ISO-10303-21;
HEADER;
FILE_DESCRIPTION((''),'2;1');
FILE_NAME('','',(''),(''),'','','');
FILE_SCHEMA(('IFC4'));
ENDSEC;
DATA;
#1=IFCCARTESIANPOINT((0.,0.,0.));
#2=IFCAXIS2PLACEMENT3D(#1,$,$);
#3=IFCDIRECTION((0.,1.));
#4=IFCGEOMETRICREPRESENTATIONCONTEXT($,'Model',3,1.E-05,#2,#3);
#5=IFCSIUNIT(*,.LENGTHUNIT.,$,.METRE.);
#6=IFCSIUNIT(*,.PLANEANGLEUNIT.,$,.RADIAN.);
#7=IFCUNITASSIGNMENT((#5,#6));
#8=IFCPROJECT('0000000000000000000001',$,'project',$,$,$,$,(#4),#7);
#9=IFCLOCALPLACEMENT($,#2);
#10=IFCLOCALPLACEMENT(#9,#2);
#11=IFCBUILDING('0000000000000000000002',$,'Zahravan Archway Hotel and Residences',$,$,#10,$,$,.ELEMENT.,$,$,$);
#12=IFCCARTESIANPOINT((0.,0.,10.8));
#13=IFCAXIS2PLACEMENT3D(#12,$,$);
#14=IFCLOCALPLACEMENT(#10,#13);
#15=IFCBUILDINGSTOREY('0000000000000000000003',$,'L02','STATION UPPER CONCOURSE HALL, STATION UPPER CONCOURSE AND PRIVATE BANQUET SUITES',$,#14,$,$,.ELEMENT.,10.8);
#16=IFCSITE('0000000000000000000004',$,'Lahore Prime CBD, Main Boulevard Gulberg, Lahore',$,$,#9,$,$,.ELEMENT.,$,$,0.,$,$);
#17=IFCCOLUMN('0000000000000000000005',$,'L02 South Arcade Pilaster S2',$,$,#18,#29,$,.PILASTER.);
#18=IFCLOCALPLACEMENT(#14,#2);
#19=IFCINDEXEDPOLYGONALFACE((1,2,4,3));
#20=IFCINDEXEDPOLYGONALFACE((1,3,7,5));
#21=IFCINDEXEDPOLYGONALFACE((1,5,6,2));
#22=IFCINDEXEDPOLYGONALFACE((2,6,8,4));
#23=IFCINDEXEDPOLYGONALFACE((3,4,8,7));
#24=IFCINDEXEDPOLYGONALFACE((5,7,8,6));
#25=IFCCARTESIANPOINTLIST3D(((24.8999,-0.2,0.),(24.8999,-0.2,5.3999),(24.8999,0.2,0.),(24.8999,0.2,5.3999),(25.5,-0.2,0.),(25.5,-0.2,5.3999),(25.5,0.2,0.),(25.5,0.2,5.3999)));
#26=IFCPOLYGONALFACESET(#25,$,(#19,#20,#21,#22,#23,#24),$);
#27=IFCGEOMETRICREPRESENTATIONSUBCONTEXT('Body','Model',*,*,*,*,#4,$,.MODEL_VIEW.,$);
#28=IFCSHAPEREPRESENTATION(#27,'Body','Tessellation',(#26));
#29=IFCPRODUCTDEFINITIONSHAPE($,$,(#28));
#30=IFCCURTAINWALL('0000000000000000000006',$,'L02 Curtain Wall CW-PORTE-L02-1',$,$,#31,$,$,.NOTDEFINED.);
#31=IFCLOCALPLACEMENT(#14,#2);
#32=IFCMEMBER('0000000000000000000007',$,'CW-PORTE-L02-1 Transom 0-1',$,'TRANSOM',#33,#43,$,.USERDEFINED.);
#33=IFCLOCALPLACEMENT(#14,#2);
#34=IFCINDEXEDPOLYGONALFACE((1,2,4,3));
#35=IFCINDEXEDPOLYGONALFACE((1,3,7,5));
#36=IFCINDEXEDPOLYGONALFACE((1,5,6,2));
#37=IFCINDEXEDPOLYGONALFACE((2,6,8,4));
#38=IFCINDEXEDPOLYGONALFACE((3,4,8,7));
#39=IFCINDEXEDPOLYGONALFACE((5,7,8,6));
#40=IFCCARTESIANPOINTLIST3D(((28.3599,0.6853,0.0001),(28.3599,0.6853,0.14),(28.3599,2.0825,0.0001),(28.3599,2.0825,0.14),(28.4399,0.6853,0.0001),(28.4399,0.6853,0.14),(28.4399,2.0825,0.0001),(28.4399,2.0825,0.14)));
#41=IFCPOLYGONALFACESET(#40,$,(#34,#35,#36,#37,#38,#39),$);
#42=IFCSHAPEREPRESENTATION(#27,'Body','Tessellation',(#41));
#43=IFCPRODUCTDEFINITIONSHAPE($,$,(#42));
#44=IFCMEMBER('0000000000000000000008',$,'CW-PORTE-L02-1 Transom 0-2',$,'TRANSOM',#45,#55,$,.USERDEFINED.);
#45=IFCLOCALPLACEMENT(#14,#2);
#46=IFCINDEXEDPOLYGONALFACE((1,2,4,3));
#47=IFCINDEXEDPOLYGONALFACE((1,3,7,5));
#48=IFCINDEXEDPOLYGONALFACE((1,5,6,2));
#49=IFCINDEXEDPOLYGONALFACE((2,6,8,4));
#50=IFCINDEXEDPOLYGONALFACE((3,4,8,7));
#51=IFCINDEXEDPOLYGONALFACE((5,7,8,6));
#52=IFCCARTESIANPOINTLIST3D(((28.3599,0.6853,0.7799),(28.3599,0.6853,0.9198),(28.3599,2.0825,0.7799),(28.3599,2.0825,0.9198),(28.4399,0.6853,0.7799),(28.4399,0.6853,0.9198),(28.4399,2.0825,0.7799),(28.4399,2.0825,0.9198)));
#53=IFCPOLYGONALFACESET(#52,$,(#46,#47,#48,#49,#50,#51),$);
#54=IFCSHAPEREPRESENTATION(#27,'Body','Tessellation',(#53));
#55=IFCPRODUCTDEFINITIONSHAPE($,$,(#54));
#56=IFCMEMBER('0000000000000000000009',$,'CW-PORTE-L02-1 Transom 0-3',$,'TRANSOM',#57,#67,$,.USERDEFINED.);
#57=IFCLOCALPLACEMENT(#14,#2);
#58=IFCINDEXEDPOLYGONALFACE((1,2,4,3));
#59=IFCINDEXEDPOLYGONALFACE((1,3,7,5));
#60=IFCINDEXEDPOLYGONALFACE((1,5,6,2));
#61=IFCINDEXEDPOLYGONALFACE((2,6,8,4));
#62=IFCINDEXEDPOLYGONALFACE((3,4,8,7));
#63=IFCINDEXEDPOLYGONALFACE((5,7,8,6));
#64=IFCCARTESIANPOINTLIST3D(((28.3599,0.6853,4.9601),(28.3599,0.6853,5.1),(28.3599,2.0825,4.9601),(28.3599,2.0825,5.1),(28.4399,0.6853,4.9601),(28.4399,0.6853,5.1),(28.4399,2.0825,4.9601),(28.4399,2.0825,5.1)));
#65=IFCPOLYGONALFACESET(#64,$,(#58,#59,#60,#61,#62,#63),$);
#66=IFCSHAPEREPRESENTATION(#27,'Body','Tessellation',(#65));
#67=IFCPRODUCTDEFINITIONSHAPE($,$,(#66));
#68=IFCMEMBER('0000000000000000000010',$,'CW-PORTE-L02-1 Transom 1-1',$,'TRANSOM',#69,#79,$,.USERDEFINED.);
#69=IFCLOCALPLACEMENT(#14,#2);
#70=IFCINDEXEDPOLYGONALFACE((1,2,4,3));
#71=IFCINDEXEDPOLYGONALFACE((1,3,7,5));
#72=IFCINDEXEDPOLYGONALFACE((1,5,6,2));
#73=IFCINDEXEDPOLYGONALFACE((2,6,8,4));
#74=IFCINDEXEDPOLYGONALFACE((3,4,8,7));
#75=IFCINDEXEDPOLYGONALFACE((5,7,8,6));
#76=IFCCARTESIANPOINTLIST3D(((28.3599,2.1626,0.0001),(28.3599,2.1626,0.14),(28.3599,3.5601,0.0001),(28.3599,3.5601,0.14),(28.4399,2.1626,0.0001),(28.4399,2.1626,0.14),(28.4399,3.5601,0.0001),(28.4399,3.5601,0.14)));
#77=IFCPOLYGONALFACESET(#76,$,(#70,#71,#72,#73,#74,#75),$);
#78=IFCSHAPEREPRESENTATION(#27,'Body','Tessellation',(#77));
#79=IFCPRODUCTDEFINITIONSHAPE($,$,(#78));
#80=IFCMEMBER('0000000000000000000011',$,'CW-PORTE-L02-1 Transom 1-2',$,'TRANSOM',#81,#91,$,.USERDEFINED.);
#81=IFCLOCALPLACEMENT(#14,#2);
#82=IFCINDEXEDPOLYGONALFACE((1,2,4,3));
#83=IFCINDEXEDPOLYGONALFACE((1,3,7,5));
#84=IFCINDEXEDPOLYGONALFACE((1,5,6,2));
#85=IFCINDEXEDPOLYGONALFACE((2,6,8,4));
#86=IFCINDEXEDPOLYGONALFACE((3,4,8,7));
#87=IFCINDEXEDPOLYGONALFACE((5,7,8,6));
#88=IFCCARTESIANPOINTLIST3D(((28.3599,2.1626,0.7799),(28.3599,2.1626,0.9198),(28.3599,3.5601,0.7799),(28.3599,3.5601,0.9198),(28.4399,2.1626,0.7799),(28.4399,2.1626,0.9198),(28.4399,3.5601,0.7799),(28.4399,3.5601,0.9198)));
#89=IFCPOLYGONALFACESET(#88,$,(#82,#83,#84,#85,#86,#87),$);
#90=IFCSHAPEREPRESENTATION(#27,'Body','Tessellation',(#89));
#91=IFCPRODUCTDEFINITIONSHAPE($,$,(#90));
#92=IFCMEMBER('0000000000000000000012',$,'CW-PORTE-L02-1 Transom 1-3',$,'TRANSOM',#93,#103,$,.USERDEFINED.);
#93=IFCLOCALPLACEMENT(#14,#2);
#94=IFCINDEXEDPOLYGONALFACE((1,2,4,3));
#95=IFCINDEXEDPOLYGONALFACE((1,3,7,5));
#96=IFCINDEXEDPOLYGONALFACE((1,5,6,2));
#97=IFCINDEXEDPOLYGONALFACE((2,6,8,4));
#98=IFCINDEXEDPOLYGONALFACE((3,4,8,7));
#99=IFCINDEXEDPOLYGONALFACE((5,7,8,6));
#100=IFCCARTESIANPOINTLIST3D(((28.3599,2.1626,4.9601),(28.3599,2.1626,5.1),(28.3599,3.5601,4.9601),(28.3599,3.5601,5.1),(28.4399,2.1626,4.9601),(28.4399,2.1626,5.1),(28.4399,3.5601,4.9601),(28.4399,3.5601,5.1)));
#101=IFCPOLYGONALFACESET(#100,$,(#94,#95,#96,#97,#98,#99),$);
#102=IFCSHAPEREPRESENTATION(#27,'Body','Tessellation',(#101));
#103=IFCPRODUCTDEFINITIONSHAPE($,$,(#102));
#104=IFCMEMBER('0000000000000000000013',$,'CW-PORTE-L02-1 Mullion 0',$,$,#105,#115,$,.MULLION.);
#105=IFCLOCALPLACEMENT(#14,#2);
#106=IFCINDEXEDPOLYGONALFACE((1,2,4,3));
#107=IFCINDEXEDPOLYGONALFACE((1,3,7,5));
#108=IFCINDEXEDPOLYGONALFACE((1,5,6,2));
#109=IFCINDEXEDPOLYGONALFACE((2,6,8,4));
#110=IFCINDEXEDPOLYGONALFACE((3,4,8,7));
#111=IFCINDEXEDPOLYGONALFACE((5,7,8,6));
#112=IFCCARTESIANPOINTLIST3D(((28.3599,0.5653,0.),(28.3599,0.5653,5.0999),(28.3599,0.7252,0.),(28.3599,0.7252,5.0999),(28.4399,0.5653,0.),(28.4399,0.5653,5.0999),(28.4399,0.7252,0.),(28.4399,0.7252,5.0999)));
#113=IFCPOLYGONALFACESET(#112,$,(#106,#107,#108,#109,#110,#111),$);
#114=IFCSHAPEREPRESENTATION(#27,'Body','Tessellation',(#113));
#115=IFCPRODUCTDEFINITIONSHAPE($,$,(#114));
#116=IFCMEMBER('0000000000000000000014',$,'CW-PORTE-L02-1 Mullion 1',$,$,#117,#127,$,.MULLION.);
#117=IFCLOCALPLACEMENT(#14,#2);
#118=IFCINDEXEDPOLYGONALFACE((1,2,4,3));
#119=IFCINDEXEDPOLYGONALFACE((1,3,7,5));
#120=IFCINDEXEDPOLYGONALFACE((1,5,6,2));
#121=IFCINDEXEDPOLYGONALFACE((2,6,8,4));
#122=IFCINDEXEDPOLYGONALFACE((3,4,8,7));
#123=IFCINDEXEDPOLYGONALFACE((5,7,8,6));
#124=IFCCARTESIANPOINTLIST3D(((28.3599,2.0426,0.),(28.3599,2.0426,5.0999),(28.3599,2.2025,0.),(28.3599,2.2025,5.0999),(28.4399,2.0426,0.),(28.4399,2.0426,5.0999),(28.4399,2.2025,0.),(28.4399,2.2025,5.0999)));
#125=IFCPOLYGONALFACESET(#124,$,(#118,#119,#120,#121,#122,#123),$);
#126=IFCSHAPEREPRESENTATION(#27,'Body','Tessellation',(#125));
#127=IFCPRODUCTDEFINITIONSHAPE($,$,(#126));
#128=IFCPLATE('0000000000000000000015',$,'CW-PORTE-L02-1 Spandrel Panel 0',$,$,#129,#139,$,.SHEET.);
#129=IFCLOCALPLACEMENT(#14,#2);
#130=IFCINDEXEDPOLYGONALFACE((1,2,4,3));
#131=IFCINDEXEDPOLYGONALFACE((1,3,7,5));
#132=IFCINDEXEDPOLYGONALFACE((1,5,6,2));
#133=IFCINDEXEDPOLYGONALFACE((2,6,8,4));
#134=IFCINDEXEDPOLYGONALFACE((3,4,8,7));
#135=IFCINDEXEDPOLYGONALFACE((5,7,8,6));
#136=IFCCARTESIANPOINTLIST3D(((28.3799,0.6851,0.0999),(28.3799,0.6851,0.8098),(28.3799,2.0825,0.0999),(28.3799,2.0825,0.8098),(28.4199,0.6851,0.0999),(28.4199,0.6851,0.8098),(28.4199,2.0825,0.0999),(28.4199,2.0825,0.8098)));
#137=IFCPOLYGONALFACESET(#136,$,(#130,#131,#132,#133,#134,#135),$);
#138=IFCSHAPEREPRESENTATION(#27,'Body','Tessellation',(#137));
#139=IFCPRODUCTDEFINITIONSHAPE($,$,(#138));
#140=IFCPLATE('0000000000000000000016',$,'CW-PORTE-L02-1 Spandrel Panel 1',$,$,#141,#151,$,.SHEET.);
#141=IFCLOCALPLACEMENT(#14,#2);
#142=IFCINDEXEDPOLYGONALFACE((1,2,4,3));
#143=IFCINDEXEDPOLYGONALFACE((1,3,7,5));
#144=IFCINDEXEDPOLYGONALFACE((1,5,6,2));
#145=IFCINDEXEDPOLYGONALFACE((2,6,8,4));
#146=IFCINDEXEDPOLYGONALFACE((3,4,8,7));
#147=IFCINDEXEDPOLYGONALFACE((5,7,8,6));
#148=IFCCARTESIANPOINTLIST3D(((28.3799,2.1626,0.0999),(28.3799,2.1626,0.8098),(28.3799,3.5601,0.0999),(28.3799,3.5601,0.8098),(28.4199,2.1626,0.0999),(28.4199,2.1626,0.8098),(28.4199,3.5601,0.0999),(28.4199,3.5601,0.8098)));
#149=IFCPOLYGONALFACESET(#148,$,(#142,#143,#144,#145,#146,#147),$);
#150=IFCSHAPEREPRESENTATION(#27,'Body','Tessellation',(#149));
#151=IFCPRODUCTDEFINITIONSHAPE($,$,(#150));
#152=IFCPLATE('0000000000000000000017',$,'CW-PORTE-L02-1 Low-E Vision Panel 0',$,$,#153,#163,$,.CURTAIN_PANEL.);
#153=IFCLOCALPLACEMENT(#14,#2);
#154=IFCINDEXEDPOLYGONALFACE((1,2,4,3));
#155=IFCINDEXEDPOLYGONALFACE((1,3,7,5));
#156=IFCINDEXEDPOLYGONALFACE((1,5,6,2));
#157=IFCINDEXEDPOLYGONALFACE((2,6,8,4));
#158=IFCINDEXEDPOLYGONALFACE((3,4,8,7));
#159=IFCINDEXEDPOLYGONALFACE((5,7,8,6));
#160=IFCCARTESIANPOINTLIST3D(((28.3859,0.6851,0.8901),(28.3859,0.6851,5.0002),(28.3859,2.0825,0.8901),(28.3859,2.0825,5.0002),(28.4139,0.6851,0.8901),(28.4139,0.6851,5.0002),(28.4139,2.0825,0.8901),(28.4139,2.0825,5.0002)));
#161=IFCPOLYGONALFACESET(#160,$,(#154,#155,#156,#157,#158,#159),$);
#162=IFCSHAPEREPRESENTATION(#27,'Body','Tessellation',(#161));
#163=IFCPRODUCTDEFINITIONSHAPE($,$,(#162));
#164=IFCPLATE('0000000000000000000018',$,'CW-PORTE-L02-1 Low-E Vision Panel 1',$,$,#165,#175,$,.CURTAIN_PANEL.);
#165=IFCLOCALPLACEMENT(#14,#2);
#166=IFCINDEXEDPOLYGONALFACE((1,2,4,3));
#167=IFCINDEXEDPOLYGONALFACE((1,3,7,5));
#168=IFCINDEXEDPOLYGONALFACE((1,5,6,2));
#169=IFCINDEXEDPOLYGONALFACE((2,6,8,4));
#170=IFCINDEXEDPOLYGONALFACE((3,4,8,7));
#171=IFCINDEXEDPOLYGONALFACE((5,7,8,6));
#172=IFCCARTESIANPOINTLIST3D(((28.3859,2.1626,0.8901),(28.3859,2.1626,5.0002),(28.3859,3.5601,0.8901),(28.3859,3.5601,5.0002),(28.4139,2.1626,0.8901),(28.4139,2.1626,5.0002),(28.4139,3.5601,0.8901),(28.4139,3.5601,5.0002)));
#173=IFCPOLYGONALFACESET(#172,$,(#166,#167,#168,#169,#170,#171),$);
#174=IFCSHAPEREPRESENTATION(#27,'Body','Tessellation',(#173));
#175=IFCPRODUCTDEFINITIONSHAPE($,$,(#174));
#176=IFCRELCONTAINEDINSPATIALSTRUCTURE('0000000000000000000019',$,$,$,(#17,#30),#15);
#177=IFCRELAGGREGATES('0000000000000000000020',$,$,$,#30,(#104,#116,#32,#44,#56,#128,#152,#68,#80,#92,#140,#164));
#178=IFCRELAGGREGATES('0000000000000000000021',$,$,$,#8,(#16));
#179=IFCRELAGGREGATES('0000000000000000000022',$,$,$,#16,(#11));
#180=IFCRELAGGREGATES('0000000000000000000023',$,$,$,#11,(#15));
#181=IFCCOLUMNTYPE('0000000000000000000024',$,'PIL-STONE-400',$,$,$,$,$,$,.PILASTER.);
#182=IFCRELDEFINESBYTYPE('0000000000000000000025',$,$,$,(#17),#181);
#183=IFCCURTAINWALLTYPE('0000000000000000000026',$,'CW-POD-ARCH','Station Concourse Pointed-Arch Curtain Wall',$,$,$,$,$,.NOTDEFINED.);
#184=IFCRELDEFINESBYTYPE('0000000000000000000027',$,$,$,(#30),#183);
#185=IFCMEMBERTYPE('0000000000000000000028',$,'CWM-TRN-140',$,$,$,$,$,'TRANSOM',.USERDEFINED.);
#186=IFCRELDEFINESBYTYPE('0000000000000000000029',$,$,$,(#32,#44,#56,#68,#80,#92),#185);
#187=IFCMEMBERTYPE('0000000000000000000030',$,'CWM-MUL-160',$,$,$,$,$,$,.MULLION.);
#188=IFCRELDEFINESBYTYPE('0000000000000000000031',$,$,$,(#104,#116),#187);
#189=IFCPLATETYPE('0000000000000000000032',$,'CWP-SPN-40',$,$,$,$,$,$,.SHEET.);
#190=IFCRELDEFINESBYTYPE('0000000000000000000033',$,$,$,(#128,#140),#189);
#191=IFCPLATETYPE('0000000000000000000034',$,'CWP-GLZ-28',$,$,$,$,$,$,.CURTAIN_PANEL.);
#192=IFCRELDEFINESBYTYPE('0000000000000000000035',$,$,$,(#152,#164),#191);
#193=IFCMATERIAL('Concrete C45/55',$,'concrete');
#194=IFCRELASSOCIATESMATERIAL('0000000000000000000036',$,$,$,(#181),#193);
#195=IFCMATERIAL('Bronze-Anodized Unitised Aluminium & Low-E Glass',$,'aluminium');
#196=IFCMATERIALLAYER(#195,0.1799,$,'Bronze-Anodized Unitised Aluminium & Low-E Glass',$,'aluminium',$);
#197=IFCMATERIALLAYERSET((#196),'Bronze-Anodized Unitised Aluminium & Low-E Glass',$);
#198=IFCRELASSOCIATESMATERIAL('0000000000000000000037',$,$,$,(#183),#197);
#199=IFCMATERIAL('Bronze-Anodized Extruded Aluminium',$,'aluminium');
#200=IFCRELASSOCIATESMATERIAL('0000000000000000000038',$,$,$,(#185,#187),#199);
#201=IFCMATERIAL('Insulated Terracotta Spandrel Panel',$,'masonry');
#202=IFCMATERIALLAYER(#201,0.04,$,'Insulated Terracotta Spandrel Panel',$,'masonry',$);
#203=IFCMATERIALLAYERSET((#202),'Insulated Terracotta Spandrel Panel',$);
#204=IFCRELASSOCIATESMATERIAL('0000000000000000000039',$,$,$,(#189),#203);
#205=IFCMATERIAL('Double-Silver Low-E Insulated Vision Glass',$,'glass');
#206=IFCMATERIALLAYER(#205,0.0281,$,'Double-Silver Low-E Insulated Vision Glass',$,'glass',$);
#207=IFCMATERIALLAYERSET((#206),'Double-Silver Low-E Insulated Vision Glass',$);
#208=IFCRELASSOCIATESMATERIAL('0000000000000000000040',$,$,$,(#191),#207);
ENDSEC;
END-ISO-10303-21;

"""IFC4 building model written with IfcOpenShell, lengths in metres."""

from ifc_helpers import new_model, si_unit, direction, frame, origin, origin_2d, place, context, subcontext, project, spatial, rectangle, extrude, source, transform, mapped, material, layer, layer_set, material_profile, profile_set, type_object, element, aggregate, save


model = new_model("IFC4")

# Units and contexts
model_context = context("Model", 3, precision=1e-05, world=origin(), true_north=direction((0.0, 1.0)))
body_context = subcontext(model_context, "Body", "Model", "MODEL_VIEW")
ifc_project = project(units=[si_unit("LENGTHUNIT", "METRE"), si_unit("PLANEANGLEUNIT", "RADIAN")], contexts=[model_context])

# Site, building, storey
site_placement = place(None, origin())
site = spatial("IfcSite", under=ifc_project, at=site_placement, Name="Lahore Prime CBD, Main Boulevard Gulberg, Lahore", CompositionType="ELEMENT", RefElevation=0.0)
building_placement = place(site_placement, origin())
building = spatial("IfcBuilding", under=site, at=building_placement, Name="Zahravan Archway Hotel and Residences", CompositionType="ELEMENT")
storey_placement = place(building_placement, frame((0.0, 0.0, 10.8)))
storey = spatial("IfcBuildingStorey", under=building, at=storey_placement, Name="L02", Description="STATION UPPER CONCOURSE HALL, STATION UPPER CONCOURSE AND PRIVATE BANQUET SUITES", CompositionType="ELEMENT", Elevation=10.8)

# Column
ifc_material_1 = material(Name="Concrete C45/55", Category="concrete")
ifc_material_profile_1 = material_profile(ifc_material_1, rectangle(XDim=0.6001, YDim=0.3999, at=origin_2d()), Name="RC-PIL-600x400", Category="concrete")
ifc_profile_set_1 = profile_set([ifc_material_profile_1], Name="Concrete C45/55")
column_type = type_object("IfcColumnType", Name="PIL-STONE-400", PredefinedType="PILASTER", material=ifc_profile_set_1)
shared_shape_1 = source(origin(), body_context, "Body", "SweptSolid", [
    extrude(rectangle(XDim=0.6001, YDim=0.3999, at=origin_2d()), origin(), (0.0, 0.0, 1.0), 5.3999),
])
column_placement = place(storey_placement, frame((25.2, 0.0, 0.0), z_axis=(0.0, 0.0, 1.0), x_axis=(1.0, 0.0, 0.0)))
element("IfcColumn", 1, at=column_placement, inside=storey, type_object=column_type, Name="L02 South Arcade Pilaster S2", PredefinedType="PILASTER", context=body_context, shape_type="MappedRepresentation", body=[
    mapped(shared_shape_1, transform((0.0, 0.0, 0.0), scale=1.0)),
])

# Curtain wall, members, plates
ifc_material_2 = material(Name="Bronze-Anodized Unitised Aluminium & Low-E Glass", Category="aluminium")
ifc_layer_1 = layer(ifc_material_2, 0.1799, Name="Bronze-Anodized Unitised Aluminium & Low-E Glass", Category="aluminium")
ifc_layer_set_1 = layer_set([ifc_layer_1], Name="Bronze-Anodized Unitised Aluminium & Low-E Glass")
curtain_wall_type = type_object("IfcCurtainWallType", Name="CW-POD-ARCH", Description="Station Concourse Pointed-Arch Curtain Wall", PredefinedType="NOTDEFINED", material=ifc_layer_set_1)
curtain_wall_placement = place(storey_placement, origin())
curtain_wall = element("IfcCurtainWall", 2, at=curtain_wall_placement, inside=storey, type_object=curtain_wall_type, Name="L02 Curtain Wall CW-PORTE-L02-1", PredefinedType="NOTDEFINED")
ifc_material_3 = material(Name="Bronze-Anodized Extruded Aluminium", Category="aluminium")
ifc_material_profile_2 = material_profile(ifc_material_3, rectangle(XDim=0.0801, YDim=0.1399, at=origin_2d()), Name="TRN 80x140", Category="aluminium")
ifc_profile_set_2 = profile_set([ifc_material_profile_2], Name="Bronze-Anodized Extruded Aluminium")
member_type_1 = type_object("IfcMemberType", Name="CWM-TRN-140", ElementType="TRANSOM", PredefinedType="USERDEFINED", material=ifc_profile_set_2)
shared_shape_2 = source(origin(), body_context, "Body", "SweptSolid", [
    extrude(rectangle(XDim=0.0801, YDim=0.1399, at=origin_2d()), origin(), (0.0, 0.0, 1.0), 1.3972),
])
member_1_placement = place(storey_placement, frame((28.3999, 0.6853, 0.0701), z_axis=(0.0, 1.0, 0.0), x_axis=(-1.0, 0.0, 0.0)))
member_1 = element("IfcMember", 3, at=member_1_placement, type_object=member_type_1, Name="CW-PORTE-L02-1 Transom 0-1", ObjectType="TRANSOM", PredefinedType="USERDEFINED", context=body_context, shape_type="MappedRepresentation", body=[
    mapped(shared_shape_2, transform((0.0, 0.0, 0.0), scale=1.0)),
])
member_2_placement = place(storey_placement, frame((28.3999, 0.6853, 0.8499), z_axis=(0.0, 1.0, 0.0), x_axis=(-1.0, 0.0, 0.0)))
member_2 = element("IfcMember", 4, at=member_2_placement, type_object=member_type_1, Name="CW-PORTE-L02-1 Transom 0-2", ObjectType="TRANSOM", PredefinedType="USERDEFINED", context=body_context, shape_type="MappedRepresentation", body=[
    mapped(shared_shape_2, transform((0.0, 0.0, 0.0), scale=1.0)),
])
member_3_placement = place(storey_placement, frame((28.3999, 0.6853, 5.03), z_axis=(0.0, 1.0, 0.0), x_axis=(-1.0, 0.0, 0.0)))
member_3 = element("IfcMember", 5, at=member_3_placement, type_object=member_type_1, Name="CW-PORTE-L02-1 Transom 0-3", ObjectType="TRANSOM", PredefinedType="USERDEFINED", context=body_context, shape_type="MappedRepresentation", body=[
    mapped(shared_shape_2, transform((0.0, 0.0, 0.0), scale=1.0)),
])
shared_shape_3 = source(origin(), body_context, "Body", "SweptSolid", [
    extrude(rectangle(XDim=0.0801, YDim=0.1399, at=origin_2d()), origin(), (0.0, 0.0, 1.0), 1.3975),
])
member_4_placement = place(storey_placement, frame((28.3999, 2.1626, 0.0701), z_axis=(0.0, 1.0, 0.0), x_axis=(-1.0, 0.0, 0.0)))
member_4 = element("IfcMember", 6, at=member_4_placement, type_object=member_type_1, Name="CW-PORTE-L02-1 Transom 1-1", ObjectType="TRANSOM", PredefinedType="USERDEFINED", context=body_context, shape_type="MappedRepresentation", body=[
    mapped(shared_shape_3, transform((0.0, 0.0, 0.0), scale=1.0)),
])
member_5_placement = place(storey_placement, frame((28.3999, 2.1626, 0.8499), z_axis=(0.0, 1.0, 0.0), x_axis=(-1.0, 0.0, 0.0)))
member_5 = element("IfcMember", 7, at=member_5_placement, type_object=member_type_1, Name="CW-PORTE-L02-1 Transom 1-2", ObjectType="TRANSOM", PredefinedType="USERDEFINED", context=body_context, shape_type="MappedRepresentation", body=[
    mapped(shared_shape_3, transform((0.0, 0.0, 0.0), scale=1.0)),
])
member_6_placement = place(storey_placement, frame((28.3999, 2.1626, 5.03), z_axis=(0.0, 1.0, 0.0), x_axis=(-1.0, 0.0, 0.0)))
member_6 = element("IfcMember", 8, at=member_6_placement, type_object=member_type_1, Name="CW-PORTE-L02-1 Transom 1-3", ObjectType="TRANSOM", PredefinedType="USERDEFINED", context=body_context, shape_type="MappedRepresentation", body=[
    mapped(shared_shape_3, transform((0.0, 0.0, 0.0), scale=1.0)),
])
ifc_material_profile_3 = material_profile(ifc_material_3, rectangle(XDim=0.0801, YDim=0.1599, at=origin_2d()), Name="MUL 80x160", Category="aluminium")
ifc_profile_set_3 = profile_set([ifc_material_profile_3], Name="Bronze-Anodized Extruded Aluminium")
member_type_2 = type_object("IfcMemberType", Name="CWM-MUL-160", PredefinedType="MULLION", material=ifc_profile_set_3)
shared_shape_4 = source(origin(), body_context, "Body", "SweptSolid", [
    extrude(rectangle(XDim=0.0801, YDim=0.1599, at=origin_2d()), origin(), (0.0, 0.0, 1.0), 5.0999),
])
member_7_placement = place(storey_placement, frame((28.3999, 0.6453, 0.0), z_axis=(0.0, 0.0, 1.0), x_axis=(1.0, 0.0, 0.0)))
member_7 = element("IfcMember", 9, at=member_7_placement, type_object=member_type_2, Name="CW-PORTE-L02-1 Mullion 0", PredefinedType="MULLION", context=body_context, shape_type="MappedRepresentation", body=[
    mapped(shared_shape_4, transform((0.0, 0.0, 0.0), scale=1.0)),
])
member_8_placement = place(storey_placement, frame((28.3999, 2.1226, 0.0), z_axis=(0.0, 0.0, 1.0), x_axis=(1.0, 0.0, 0.0)))
member_8 = element("IfcMember", 10, at=member_8_placement, type_object=member_type_2, Name="CW-PORTE-L02-1 Mullion 1", PredefinedType="MULLION", context=body_context, shape_type="MappedRepresentation", body=[
    mapped(shared_shape_4, transform((0.0, 0.0, 0.0), scale=1.0)),
])
ifc_material_4 = material(Name="Insulated Terracotta Spandrel Panel", Category="masonry")
ifc_layer_2 = layer(ifc_material_4, 0.04, Name="Insulated Terracotta Spandrel Panel", Category="masonry")
ifc_layer_set_2 = layer_set([ifc_layer_2], Name="Insulated Terracotta Spandrel Panel")
plate_type_1 = type_object("IfcPlateType", Name="CWP-SPN-40", PredefinedType="SHEET", material=ifc_layer_set_2)
shared_shape_5 = source(origin(), body_context, "Body", "SweptSolid", [
    extrude(rectangle(XDim=1.3975, YDim=0.04, at=origin_2d()), origin(), (0.0, 0.0, 1.0), 0.71),
])
plate_1_placement = place(storey_placement, frame((28.3999, 1.3838, 0.0999), z_axis=(0.0, 0.0, 1.0), x_axis=(0.0, 1.0, 0.0)))
plate_1 = element("IfcPlate", 11, at=plate_1_placement, type_object=plate_type_1, Name="CW-PORTE-L02-1 Spandrel Panel 0", PredefinedType="SHEET", context=body_context, shape_type="MappedRepresentation", body=[
    mapped(shared_shape_5, transform((0.0, 0.0, 0.0), scale=1.0)),
])
plate_2_placement = place(storey_placement, frame((28.3999, 2.8613, 0.0999), z_axis=(0.0, 0.0, 1.0), x_axis=(0.0, 1.0, 0.0)))
plate_2 = element("IfcPlate", 12, at=plate_2_placement, type_object=plate_type_1, Name="CW-PORTE-L02-1 Spandrel Panel 1", PredefinedType="SHEET", context=body_context, shape_type="MappedRepresentation", body=[
    mapped(shared_shape_5, transform((0.0, 0.0, 0.0), scale=1.0)),
])
ifc_material_5 = material(Name="Double-Silver Low-E Insulated Vision Glass", Category="glass")
ifc_layer_3 = layer(ifc_material_5, 0.0281, Name="Double-Silver Low-E Insulated Vision Glass", Category="glass")
ifc_layer_set_3 = layer_set([ifc_layer_3], Name="Double-Silver Low-E Insulated Vision Glass")
plate_type_2 = type_object("IfcPlateType", Name="CWP-GLZ-28", PredefinedType="CURTAIN_PANEL", material=ifc_layer_set_3)
shared_shape_6 = source(origin(), body_context, "Body", "SweptSolid", [
    extrude(rectangle(XDim=1.3975, YDim=0.0281, at=origin_2d()), origin(), (0.0, 0.0, 1.0), 4.1101),
])
plate_3_placement = place(storey_placement, frame((28.3999, 1.3838, 0.8901), z_axis=(0.0, 0.0, 1.0), x_axis=(0.0, 1.0, 0.0)))
plate_3 = element("IfcPlate", 13, at=plate_3_placement, type_object=plate_type_2, Name="CW-PORTE-L02-1 Low-E Vision Panel 0", PredefinedType="CURTAIN_PANEL", context=body_context, shape_type="MappedRepresentation", body=[
    mapped(shared_shape_6, transform((0.0, 0.0, 0.0), scale=1.0)),
])
plate_4_placement = place(storey_placement, frame((28.3999, 2.8613, 0.8901), z_axis=(0.0, 0.0, 1.0), x_axis=(0.0, 1.0, 0.0)))
plate_4 = element("IfcPlate", 14, at=plate_4_placement, type_object=plate_type_2, Name="CW-PORTE-L02-1 Low-E Vision Panel 1", PredefinedType="CURTAIN_PANEL", context=body_context, shape_type="MappedRepresentation", body=[
    mapped(shared_shape_6, transform((0.0, 0.0, 0.0), scale=1.0)),
])
aggregate(curtain_wall, [member_7, member_8, member_1, member_2, member_3, plate_1, plate_3, member_4, member_5, member_6, plate_2, plate_4])

save(model, "model.ifc")
